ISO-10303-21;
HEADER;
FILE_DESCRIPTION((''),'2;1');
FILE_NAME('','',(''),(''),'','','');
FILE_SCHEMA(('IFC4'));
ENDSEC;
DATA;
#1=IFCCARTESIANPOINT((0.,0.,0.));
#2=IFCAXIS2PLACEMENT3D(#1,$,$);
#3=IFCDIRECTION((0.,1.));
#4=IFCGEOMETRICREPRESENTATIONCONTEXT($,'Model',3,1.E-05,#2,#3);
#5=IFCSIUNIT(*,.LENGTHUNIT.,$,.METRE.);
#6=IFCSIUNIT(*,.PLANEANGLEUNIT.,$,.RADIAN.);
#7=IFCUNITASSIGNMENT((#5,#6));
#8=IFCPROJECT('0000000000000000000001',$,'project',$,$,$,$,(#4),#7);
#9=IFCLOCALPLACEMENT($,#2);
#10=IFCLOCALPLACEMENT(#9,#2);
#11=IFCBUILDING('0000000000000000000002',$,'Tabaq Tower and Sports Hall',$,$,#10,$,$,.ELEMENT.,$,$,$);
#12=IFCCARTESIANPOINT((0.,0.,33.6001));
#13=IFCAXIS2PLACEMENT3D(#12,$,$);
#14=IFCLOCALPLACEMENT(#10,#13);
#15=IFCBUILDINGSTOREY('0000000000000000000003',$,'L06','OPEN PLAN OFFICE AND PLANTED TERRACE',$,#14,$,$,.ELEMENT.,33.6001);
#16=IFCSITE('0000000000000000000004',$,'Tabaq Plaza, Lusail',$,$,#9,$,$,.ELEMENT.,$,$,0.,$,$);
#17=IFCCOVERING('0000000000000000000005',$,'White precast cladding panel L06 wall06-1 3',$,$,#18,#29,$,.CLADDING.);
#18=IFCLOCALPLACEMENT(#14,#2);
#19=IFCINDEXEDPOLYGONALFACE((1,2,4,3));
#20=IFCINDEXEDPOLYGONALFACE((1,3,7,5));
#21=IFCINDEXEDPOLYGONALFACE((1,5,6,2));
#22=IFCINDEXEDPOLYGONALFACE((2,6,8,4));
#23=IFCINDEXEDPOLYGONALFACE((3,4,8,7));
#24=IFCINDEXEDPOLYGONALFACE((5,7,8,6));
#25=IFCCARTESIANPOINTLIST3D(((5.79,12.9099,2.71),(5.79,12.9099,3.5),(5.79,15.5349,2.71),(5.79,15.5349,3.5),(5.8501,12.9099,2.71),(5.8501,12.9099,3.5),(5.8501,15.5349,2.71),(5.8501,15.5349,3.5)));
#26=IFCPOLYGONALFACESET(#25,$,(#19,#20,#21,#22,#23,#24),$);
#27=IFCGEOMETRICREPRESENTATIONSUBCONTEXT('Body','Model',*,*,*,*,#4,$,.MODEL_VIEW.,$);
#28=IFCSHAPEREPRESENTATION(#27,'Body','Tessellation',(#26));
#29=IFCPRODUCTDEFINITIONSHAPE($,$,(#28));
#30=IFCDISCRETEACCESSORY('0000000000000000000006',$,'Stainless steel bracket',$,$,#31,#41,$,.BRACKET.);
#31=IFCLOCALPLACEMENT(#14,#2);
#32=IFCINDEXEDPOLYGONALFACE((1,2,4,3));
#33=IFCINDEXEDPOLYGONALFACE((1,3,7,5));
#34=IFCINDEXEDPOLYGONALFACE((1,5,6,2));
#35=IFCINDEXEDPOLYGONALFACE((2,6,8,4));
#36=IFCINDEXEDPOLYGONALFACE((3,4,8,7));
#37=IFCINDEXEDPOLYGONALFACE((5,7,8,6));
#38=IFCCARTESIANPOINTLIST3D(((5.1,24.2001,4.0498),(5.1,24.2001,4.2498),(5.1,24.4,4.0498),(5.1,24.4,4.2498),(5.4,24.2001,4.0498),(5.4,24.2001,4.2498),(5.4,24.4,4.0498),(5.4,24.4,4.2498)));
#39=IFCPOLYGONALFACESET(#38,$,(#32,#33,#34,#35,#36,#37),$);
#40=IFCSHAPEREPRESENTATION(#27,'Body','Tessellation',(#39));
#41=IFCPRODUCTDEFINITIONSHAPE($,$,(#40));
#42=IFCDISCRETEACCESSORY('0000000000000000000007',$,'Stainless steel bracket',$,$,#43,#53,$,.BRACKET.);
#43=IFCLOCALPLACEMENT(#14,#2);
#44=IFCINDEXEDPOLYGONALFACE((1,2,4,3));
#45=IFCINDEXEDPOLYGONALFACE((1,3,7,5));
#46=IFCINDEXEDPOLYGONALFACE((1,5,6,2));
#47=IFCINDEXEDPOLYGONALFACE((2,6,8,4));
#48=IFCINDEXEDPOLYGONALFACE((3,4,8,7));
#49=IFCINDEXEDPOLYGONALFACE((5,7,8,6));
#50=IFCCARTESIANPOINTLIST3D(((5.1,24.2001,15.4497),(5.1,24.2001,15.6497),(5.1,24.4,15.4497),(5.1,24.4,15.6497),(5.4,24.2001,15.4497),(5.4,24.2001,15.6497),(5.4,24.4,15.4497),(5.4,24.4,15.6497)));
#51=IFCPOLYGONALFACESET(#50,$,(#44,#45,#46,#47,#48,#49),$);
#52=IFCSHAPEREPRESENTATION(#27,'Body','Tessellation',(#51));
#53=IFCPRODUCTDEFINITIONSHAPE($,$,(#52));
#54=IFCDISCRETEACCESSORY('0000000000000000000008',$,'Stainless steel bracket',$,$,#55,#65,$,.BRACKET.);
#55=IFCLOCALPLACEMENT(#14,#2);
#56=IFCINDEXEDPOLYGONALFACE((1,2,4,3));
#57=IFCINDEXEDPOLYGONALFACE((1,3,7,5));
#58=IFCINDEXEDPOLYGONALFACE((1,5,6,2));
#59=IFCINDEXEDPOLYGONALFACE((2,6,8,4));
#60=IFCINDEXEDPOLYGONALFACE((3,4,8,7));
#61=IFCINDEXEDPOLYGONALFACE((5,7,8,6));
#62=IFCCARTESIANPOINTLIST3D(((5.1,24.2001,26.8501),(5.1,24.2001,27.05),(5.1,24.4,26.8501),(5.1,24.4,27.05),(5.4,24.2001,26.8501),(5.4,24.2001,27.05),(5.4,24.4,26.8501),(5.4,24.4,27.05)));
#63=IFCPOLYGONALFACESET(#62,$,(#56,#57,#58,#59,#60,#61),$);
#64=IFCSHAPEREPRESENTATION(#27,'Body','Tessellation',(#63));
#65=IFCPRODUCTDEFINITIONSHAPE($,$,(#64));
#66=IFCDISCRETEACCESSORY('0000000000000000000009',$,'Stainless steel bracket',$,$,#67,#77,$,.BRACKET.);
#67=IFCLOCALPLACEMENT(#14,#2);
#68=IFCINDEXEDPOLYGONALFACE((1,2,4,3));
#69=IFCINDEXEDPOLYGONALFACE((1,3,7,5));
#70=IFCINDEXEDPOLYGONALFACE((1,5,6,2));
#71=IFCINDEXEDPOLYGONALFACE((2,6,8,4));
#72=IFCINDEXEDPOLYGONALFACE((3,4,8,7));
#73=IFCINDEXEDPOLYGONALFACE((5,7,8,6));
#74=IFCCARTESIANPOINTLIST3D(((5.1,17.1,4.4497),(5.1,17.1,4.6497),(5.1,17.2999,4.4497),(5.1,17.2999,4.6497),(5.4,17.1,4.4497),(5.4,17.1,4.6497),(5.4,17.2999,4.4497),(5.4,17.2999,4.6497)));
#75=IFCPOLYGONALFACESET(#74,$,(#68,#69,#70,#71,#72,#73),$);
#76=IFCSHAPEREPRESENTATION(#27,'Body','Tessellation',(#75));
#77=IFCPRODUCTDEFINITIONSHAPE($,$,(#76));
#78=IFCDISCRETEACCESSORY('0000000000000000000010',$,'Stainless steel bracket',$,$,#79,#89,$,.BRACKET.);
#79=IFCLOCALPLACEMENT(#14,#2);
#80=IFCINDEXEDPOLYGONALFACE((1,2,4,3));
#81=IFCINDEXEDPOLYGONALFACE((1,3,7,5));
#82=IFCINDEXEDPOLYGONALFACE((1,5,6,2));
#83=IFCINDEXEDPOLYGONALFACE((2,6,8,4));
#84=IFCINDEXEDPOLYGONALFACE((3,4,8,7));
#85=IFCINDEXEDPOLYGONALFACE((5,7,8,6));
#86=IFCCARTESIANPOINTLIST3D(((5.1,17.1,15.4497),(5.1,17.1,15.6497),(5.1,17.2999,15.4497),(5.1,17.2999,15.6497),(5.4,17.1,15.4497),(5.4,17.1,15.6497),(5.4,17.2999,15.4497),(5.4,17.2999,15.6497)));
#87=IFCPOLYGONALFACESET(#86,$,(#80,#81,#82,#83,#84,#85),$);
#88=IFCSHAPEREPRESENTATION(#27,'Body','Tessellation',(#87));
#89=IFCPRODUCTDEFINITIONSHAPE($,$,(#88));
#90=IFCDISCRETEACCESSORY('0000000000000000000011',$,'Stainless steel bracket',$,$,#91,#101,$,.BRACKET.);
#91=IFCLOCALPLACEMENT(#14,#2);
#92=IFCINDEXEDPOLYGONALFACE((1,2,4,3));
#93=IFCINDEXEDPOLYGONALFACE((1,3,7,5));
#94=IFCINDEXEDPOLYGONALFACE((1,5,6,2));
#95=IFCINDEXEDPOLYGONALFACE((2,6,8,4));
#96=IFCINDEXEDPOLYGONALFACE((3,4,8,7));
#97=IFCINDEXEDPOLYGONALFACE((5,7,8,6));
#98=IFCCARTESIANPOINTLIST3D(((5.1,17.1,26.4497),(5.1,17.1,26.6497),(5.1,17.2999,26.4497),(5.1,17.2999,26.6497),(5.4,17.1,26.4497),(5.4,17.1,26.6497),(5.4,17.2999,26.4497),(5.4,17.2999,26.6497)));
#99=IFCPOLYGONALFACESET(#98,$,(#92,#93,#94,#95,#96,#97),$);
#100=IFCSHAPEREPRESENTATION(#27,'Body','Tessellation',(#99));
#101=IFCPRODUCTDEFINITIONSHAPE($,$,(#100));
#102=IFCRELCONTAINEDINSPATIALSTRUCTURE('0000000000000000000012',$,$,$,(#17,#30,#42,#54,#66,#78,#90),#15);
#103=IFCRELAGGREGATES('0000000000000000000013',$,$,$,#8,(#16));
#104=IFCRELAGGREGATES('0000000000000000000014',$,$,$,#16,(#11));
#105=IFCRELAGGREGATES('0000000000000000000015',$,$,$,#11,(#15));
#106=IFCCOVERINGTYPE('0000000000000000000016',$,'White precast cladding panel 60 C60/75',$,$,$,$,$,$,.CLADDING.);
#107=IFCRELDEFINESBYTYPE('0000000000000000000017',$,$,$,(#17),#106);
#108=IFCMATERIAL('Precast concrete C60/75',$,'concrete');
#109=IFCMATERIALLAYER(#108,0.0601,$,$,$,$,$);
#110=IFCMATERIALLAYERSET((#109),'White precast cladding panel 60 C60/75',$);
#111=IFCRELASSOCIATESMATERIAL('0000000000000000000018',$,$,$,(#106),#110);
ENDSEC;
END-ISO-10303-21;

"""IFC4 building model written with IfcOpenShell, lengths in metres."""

from ifc_helpers import new_model, si_unit, direction, frame, frame_2d, origin, origin_2d, place, context, subcontext, project, spatial, rectangle, extrude, material, layer, layer_set, type_object, element, save


model = new_model("IFC4")

# Units and contexts
model_context = context("Model", 3, precision=1e-05, world=origin(), true_north=direction((0.0, 1.0)))
body_context = subcontext(model_context, "Body", "Model", "MODEL_VIEW")
ifc_project = project(units=[si_unit("LENGTHUNIT", "METRE"), si_unit("PLANEANGLEUNIT", "RADIAN")], contexts=[model_context])

# Site, building, storey
site_placement = place(None, origin())
site = spatial("IfcSite", under=ifc_project, at=site_placement, Name="Tabaq Plaza, Lusail", CompositionType="ELEMENT", RefElevation=0.0)
building_placement = place(site_placement, origin())
building = spatial("IfcBuilding", under=site, at=building_placement, Name="Tabaq Tower and Sports Hall", CompositionType="ELEMENT")
storey_placement = place(building_placement, frame((0.0, 0.0, 33.6001)))
storey = spatial("IfcBuildingStorey", under=building, at=storey_placement, Name="L06", Description="OPEN PLAN OFFICE AND PLANTED TERRACE", CompositionType="ELEMENT", Elevation=33.6001)

# Covering
ifc_material_1 = material(Name="Precast concrete C60/75", Category="concrete")
ifc_layer_1 = layer(ifc_material_1, 0.0601)
ifc_layer_set_1 = layer_set([ifc_layer_1], Name="White precast cladding panel 60 C60/75")
covering_type = type_object("IfcCoveringType", Name="White precast cladding panel 60 C60/75", PredefinedType="CLADDING", material=ifc_layer_set_1)
covering_placement = place(storey_placement, frame((5.8201, 15.5349, 2.71), z_axis=(0.0, 0.0, 1.0), x_axis=(0.0, -1.0, 0.0)))
element("IfcCovering", 1, at=covering_placement, inside=storey, type_object=covering_type, Name="White precast cladding panel L06 wall06-1 3", PredefinedType="CLADDING", context=body_context, shape_type="SweptSolid", body=[
    extrude(rectangle(XDim=2.625, YDim=0.0601, at=frame_2d((1.3125, 0.0))), origin(), (0.0, 0.0, 1.0), 0.79),
])

# Discrete accessories
for number, where, z_axis, x_axis, name in (
    (2, (5.25, 24.3, 4.0498), (0.0, 0.0, 1.0), (0.0, 1.0, 0.0), "Stainless steel bracket"),
    (3, (5.25, 24.3, 15.4497), (0.0, 0.0, 1.0), (0.0, 1.0, 0.0), "Stainless steel bracket"),
    (4, (5.25, 24.3, 26.8501), (0.0, 0.0, 1.0), (0.0, 1.0, 0.0), "Stainless steel bracket"),
    (5, (5.25, 17.2, 4.4497), (0.0, 0.0, 1.0), (0.0, 1.0, 0.0), "Stainless steel bracket"),
    (6, (5.25, 17.2, 15.4497), (0.0, 0.0, 1.0), (0.0, 1.0, 0.0), "Stainless steel bracket"),
    (7, (5.25, 17.2, 26.4497), (0.0, 0.0, 1.0), (0.0, 1.0, 0.0), "Stainless steel bracket"),
):
    element("IfcDiscreteAccessory", number, at=place(storey_placement, frame(where, z_axis=z_axis, x_axis=x_axis)), inside=storey, Name=name, PredefinedType="BRACKET", context=body_context, shape_type="SweptSolid", body=[
        extrude(rectangle(XDim=0.2, YDim=0.3, at=origin_2d()), origin(), (0.0, 0.0, 1.0), 0.2),
    ])

save(model, "model.ifc")
